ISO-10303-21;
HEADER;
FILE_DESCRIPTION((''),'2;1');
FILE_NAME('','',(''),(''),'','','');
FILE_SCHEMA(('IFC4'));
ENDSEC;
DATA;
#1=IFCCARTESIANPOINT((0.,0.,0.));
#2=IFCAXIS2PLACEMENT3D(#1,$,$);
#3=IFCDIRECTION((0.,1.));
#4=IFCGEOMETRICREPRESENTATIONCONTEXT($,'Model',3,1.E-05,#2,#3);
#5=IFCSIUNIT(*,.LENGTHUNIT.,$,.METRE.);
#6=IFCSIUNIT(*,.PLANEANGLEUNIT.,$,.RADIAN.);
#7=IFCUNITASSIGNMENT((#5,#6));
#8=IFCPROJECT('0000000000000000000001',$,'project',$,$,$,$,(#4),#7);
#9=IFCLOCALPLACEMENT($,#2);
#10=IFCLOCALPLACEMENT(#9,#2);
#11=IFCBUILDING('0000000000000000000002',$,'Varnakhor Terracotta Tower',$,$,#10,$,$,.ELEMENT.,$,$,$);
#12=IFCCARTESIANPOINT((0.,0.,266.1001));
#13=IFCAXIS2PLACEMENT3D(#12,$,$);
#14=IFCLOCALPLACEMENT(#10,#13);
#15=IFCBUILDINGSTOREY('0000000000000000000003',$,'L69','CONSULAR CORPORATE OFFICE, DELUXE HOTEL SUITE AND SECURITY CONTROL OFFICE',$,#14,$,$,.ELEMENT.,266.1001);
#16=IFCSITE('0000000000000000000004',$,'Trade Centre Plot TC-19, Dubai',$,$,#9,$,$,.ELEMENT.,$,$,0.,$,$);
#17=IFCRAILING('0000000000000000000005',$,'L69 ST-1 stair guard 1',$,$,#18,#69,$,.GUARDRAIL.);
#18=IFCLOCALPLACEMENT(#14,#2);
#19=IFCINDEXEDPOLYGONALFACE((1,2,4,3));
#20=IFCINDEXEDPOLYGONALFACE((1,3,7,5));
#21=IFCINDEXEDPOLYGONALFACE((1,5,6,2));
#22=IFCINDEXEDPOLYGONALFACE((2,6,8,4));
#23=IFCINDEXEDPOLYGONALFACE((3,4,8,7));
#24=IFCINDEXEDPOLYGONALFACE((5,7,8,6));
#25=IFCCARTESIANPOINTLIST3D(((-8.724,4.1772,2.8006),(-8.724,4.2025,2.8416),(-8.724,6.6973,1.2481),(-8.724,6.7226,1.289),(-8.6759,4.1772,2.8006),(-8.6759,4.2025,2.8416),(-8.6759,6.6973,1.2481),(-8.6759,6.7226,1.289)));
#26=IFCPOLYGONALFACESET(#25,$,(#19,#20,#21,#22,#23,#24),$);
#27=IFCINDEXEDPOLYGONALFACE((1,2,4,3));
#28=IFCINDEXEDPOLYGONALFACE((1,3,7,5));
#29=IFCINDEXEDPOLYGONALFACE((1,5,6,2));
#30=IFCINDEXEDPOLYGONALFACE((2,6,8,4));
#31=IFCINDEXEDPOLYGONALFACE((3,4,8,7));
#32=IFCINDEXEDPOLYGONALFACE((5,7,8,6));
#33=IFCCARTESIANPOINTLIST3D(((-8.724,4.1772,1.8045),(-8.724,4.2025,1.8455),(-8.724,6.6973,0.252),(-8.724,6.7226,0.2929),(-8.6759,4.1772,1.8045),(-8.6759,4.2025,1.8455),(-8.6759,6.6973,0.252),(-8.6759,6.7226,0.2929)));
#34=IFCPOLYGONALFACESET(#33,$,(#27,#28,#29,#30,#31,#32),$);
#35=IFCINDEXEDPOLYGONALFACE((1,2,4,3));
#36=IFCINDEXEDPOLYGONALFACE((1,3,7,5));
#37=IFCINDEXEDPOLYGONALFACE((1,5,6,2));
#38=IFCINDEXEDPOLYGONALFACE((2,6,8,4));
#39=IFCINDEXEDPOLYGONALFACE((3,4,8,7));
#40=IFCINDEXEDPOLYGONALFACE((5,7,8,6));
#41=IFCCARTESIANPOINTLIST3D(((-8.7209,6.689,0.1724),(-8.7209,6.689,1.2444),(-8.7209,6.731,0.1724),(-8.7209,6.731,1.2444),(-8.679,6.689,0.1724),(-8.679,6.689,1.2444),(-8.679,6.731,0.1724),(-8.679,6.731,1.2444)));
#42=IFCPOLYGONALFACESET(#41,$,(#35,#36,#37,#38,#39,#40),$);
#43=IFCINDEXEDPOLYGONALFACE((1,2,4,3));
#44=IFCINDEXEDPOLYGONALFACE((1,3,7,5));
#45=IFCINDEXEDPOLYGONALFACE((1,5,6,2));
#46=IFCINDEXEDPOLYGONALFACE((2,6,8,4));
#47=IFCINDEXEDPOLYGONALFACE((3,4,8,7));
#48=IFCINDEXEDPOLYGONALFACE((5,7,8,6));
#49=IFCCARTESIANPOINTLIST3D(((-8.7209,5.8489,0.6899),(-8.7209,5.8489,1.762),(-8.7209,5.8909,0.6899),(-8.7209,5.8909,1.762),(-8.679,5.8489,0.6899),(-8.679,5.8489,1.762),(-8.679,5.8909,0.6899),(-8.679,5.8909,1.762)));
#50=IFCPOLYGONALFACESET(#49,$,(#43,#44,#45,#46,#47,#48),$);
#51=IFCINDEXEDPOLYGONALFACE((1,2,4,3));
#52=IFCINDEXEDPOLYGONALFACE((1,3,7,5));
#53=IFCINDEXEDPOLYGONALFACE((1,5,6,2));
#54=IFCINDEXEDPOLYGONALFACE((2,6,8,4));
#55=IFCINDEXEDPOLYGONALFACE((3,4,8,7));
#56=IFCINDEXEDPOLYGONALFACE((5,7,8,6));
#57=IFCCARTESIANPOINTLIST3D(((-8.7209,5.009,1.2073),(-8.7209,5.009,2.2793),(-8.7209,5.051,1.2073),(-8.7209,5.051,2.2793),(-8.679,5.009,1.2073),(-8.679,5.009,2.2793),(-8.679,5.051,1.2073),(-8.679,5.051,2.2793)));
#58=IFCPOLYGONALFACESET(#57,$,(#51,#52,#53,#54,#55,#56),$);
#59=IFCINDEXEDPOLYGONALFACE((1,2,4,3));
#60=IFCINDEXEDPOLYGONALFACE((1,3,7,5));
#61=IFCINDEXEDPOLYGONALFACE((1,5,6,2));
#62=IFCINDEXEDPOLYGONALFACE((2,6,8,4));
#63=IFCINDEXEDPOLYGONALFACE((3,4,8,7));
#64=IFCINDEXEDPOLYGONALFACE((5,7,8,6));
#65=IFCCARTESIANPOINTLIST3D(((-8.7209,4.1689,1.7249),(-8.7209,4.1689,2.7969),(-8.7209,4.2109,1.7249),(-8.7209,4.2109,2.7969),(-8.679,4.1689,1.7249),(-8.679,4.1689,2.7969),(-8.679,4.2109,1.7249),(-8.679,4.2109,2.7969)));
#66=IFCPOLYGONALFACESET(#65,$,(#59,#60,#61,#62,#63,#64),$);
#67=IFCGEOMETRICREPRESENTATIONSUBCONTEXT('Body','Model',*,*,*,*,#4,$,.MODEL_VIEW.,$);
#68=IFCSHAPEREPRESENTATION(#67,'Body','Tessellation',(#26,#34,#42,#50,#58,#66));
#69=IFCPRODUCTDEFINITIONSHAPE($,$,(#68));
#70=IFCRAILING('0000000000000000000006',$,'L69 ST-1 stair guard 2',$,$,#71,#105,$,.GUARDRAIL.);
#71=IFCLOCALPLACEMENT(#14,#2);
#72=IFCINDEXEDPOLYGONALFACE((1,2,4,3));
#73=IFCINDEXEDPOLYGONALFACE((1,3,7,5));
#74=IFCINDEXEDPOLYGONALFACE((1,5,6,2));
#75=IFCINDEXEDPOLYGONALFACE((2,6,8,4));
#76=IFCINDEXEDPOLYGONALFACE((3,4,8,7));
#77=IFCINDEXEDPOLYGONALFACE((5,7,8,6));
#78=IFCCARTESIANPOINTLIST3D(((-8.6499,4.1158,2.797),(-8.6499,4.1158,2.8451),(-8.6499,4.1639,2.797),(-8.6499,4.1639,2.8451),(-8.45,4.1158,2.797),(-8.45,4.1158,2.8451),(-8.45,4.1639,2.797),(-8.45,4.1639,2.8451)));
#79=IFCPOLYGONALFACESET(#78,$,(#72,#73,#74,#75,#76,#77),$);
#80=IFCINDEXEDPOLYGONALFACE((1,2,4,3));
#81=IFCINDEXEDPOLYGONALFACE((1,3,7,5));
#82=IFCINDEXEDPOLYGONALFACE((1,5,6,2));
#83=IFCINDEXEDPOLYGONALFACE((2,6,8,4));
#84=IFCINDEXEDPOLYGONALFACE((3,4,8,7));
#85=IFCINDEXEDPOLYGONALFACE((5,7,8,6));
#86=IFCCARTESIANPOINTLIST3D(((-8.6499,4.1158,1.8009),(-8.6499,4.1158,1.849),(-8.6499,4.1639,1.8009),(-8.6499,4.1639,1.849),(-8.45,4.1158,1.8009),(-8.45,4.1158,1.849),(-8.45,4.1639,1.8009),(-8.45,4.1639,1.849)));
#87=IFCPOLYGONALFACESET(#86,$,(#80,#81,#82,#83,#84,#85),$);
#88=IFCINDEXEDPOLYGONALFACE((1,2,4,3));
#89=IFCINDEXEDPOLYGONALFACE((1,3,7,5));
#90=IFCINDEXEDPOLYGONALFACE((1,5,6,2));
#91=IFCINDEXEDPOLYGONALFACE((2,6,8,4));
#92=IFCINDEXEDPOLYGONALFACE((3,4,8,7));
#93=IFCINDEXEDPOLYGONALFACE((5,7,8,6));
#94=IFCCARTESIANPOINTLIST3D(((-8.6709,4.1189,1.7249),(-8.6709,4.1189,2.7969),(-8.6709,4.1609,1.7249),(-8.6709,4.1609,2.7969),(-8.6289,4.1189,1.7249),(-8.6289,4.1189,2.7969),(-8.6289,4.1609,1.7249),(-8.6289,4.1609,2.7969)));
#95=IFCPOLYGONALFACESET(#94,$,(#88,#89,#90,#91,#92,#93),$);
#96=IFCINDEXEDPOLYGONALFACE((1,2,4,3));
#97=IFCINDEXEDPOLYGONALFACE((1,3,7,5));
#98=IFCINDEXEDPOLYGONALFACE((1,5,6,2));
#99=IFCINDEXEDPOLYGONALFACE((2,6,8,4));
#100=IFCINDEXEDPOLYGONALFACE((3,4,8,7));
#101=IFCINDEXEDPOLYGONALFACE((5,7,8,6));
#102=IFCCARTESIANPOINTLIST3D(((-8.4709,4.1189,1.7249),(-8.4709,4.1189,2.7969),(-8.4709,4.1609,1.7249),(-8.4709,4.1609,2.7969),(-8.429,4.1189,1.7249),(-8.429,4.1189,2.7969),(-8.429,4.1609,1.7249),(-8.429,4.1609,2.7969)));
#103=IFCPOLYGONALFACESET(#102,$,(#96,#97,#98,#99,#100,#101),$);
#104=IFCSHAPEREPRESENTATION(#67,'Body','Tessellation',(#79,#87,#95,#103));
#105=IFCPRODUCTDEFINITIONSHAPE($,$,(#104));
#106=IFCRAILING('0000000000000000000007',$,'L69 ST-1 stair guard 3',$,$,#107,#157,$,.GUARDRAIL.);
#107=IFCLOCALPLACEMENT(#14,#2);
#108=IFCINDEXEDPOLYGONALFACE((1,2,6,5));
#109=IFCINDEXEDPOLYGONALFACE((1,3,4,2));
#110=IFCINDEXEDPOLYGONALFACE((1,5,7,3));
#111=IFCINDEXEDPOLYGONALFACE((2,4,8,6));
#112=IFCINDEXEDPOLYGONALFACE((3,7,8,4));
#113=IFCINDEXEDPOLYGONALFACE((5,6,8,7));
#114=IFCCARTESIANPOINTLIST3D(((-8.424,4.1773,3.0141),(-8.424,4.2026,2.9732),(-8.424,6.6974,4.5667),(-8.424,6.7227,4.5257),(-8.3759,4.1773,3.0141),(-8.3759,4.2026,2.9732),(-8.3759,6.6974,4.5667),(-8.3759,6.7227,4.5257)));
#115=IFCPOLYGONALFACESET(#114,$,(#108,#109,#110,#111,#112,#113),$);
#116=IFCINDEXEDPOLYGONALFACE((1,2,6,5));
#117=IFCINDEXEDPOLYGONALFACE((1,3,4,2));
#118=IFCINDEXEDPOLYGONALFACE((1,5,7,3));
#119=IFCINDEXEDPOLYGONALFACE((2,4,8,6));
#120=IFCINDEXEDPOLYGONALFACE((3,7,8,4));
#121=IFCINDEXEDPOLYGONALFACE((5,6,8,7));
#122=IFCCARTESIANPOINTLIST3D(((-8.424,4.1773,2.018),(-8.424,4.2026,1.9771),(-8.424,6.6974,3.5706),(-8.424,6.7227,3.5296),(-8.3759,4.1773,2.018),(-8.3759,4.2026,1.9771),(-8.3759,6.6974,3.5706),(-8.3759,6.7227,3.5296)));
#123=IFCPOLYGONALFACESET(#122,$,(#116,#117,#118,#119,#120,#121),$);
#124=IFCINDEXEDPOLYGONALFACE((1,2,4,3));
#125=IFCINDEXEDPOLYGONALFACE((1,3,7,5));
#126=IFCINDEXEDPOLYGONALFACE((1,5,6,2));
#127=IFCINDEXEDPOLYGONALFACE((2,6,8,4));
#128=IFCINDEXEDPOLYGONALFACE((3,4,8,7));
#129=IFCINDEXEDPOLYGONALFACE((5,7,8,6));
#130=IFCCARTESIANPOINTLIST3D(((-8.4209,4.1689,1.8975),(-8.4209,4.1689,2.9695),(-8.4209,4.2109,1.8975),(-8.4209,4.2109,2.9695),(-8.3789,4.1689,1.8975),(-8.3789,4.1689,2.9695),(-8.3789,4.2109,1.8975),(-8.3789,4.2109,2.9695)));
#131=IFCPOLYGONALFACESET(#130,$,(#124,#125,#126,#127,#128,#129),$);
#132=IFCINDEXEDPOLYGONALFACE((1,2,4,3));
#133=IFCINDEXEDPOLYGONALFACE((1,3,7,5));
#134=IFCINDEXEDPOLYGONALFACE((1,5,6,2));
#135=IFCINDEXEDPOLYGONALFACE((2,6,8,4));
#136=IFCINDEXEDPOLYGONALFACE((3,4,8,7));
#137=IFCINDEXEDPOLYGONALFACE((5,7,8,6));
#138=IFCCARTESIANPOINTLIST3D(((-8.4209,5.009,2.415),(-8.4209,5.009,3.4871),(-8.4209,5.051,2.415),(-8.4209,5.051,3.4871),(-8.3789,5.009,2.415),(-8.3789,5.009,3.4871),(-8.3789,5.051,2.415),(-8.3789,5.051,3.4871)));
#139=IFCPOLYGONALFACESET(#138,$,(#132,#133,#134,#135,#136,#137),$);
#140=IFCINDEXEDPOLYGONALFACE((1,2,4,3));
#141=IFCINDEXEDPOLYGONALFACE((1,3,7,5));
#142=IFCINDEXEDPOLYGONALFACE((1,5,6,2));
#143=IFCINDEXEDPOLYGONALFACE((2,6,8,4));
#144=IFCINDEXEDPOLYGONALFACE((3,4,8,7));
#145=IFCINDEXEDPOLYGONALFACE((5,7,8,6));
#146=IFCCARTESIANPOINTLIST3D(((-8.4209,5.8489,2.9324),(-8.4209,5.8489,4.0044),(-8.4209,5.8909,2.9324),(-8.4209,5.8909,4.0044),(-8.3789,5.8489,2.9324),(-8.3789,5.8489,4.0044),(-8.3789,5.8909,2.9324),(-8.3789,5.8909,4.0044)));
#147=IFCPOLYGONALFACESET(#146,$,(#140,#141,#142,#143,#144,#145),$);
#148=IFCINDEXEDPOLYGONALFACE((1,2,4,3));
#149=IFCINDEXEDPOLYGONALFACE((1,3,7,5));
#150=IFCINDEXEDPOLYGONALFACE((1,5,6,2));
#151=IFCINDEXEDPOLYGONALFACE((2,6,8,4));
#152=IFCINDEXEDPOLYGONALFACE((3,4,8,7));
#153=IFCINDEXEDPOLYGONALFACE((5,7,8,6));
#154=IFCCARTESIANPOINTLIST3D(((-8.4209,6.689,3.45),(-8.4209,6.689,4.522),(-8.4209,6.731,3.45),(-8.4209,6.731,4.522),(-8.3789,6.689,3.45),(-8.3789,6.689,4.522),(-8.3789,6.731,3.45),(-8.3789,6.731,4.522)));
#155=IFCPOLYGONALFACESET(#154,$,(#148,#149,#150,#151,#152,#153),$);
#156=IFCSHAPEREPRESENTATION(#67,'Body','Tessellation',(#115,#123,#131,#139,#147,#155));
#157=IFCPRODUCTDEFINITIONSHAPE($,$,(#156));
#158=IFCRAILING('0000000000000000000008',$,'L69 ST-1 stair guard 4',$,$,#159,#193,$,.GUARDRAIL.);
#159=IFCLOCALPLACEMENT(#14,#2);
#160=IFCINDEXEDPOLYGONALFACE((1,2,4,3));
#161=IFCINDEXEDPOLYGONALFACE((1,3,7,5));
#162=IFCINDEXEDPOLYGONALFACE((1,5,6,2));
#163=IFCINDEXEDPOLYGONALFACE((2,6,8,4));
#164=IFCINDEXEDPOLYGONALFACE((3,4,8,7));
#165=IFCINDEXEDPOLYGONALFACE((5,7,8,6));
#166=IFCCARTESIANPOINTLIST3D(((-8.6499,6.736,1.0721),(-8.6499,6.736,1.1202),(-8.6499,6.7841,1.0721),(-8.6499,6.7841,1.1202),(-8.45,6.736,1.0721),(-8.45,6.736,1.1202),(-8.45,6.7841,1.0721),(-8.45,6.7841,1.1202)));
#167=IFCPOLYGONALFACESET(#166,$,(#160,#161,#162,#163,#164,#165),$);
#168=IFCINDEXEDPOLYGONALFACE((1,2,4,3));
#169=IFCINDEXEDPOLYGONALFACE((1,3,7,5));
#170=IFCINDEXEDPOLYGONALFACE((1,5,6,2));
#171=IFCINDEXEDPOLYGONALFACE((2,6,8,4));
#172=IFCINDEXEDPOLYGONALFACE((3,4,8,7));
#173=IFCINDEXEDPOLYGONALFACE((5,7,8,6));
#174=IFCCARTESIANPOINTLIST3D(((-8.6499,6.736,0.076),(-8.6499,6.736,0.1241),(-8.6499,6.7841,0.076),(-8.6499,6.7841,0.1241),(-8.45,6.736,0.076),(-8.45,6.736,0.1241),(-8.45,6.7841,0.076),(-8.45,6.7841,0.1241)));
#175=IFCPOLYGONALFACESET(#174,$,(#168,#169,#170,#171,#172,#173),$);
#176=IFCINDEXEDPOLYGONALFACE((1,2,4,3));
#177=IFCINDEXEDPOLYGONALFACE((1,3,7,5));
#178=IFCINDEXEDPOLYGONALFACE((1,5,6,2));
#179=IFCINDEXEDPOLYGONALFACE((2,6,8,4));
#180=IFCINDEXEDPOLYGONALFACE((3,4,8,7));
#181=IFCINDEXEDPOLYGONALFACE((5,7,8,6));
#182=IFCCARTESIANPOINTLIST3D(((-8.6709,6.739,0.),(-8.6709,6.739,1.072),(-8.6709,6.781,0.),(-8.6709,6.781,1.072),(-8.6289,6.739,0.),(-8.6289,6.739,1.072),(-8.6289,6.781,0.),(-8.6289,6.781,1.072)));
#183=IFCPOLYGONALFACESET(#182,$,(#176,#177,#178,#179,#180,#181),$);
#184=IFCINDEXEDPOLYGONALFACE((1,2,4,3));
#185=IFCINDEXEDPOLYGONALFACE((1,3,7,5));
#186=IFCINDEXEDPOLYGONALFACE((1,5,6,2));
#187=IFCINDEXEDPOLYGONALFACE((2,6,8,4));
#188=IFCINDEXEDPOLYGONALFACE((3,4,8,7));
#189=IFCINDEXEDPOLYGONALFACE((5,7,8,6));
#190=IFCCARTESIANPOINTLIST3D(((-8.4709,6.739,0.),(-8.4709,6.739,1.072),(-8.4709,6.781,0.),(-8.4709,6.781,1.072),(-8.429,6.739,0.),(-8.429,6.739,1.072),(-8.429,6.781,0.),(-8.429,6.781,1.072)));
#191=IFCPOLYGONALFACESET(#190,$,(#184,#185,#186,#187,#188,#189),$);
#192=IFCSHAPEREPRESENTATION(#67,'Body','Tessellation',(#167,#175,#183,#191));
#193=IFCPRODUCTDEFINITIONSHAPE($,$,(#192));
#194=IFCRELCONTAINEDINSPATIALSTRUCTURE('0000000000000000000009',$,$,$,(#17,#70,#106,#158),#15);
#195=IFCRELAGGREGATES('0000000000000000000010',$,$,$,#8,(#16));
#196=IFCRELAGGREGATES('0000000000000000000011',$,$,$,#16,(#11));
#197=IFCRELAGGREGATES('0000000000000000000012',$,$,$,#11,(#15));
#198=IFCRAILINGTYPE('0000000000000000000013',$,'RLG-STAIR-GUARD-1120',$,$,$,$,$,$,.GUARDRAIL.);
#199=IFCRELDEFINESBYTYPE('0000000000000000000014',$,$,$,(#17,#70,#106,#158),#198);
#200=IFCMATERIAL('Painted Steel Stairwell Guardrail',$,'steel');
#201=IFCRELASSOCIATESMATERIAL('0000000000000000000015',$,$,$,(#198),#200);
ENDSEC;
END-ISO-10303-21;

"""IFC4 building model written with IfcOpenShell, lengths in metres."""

from ifc_helpers import new_model, si_unit, direction, frame, origin, origin_2d, place, context, subcontext, project, spatial, rectangle, extrude, material, type_object, element, save


model = new_model("IFC4")

# Units and contexts
model_context = context("Model", 3, precision=1e-05, world=origin(), true_north=direction((0.0, 1.0)))
body_context = subcontext(model_context, "Body", "Model", "MODEL_VIEW")
ifc_project = project(units=[si_unit("LENGTHUNIT", "METRE"), si_unit("PLANEANGLEUNIT", "RADIAN")], contexts=[model_context])

# Site, building, storey
site_placement = place(None, origin())
site = spatial("IfcSite", under=ifc_project, at=site_placement, Name="Trade Centre Plot TC-19, Dubai", CompositionType="ELEMENT", RefElevation=0.0)
building_placement = place(site_placement, origin())
building = spatial("IfcBuilding", under=site, at=building_placement, Name="Varnakhor Terracotta Tower", CompositionType="ELEMENT")
storey_placement = place(building_placement, frame((0.0, 0.0, 266.1001)))
storey = spatial("IfcBuildingStorey", under=building, at=storey_placement, Name="L69", Description="CONSULAR CORPORATE OFFICE, DELUXE HOTEL SUITE AND SECURITY CONTROL OFFICE", CompositionType="ELEMENT", Elevation=266.1001)

# Railings
ifc_material_1 = material(Name="Painted Steel Stairwell Guardrail", Category="steel")
railing_type_1 = type_object("IfcRailingType", Name="RLG-STAIR-GUARD-1120", PredefinedType="GUARDRAIL", material=ifc_material_1)
railing_1_placement = place(storey_placement, frame((-8.7, 6.71, 0.1724)))
element("IfcRailing", 1, at=railing_1_placement, inside=storey, type_object=railing_type_1, Name="L69 ST-1 stair guard 1", PredefinedType="GUARDRAIL", context=body_context, shape_type="SweptSolid", body=[
    extrude(rectangle(XDim=0.0481, YDim=0.0481, at=origin_2d()), frame((0.0, 0.0, 1.0962), z_axis=(0.0, -0.8514, 0.524516), x_axis=(1.0, 0.0, 0.0)), (0.0, 0.0, 1.0), 2.96),
    extrude(rectangle(XDim=0.0481, YDim=0.0481, at=origin_2d()), frame((0.0, 0.0, 0.1001), z_axis=(0.0, -0.8514, 0.524516), x_axis=(1.0, 0.0, 0.0)), (0.0, 0.0, 1.0), 2.96),
    extrude(rectangle(XDim=0.042, YDim=0.042, at=origin_2d()), origin(), (0.0, 0.0, 1.0), 1.072),
    extrude(rectangle(XDim=0.042, YDim=0.042, at=origin_2d()), frame((0.0, -0.8401, 0.5176)), (0.0, 0.0, 1.0), 1.072),
    extrude(rectangle(XDim=0.042, YDim=0.042, at=origin_2d()), frame((0.0, -1.6799, 1.0349)), (0.0, 0.0, 1.0), 1.072),
    extrude(rectangle(XDim=0.042, YDim=0.042, at=origin_2d()), frame((0.0, -2.52, 1.5525)), (0.0, 0.0, 1.0), 1.072),
])
railing_2_placement = place(storey_placement, frame((-8.6499, 4.1399, 1.7249)))
element("IfcRailing", 2, at=railing_2_placement, inside=storey, type_object=railing_type_1, Name="L69 ST-1 stair guard 2", PredefinedType="GUARDRAIL", context=body_context, shape_type="SweptSolid", body=[
    extrude(rectangle(XDim=0.0481, YDim=0.0481, at=origin_2d()), frame((0.0, 0.0, 1.0962), z_axis=(1.0, 0.0, 0.0), x_axis=(0.0, 1.0, 0.0)), (0.0, 0.0, 1.0), 0.2),
    extrude(rectangle(XDim=0.0481, YDim=0.0481, at=origin_2d()), frame((0.0, 0.0, 0.1001), z_axis=(1.0, 0.0, 0.0), x_axis=(0.0, 1.0, 0.0)), (0.0, 0.0, 1.0), 0.2),
    extrude(rectangle(XDim=0.042, YDim=0.042, at=origin_2d()), origin(), (0.0, 0.0, 1.0), 1.072),
    extrude(rectangle(XDim=0.042, YDim=0.042, at=origin_2d()), frame((0.2, 0.0, 0.0)), (0.0, 0.0, 1.0), 1.072),
])
railing_3_placement = place(storey_placement, frame((-8.3999, 4.1899, 1.8975)))
element("IfcRailing", 3, at=railing_3_placement, inside=storey, type_object=railing_type_1, Name="L69 ST-1 stair guard 3", PredefinedType="GUARDRAIL", context=body_context, shape_type="SweptSolid", body=[
    extrude(rectangle(XDim=0.0481, YDim=0.0481, at=origin_2d()), frame((0.0, 0.0, 1.0962), z_axis=(0.0, 0.8514, 0.524516), x_axis=(-1.0, 0.0, 0.0)), (0.0, 0.0, 1.0), 2.96),
    extrude(rectangle(XDim=0.0481, YDim=0.0481, at=origin_2d()), frame((0.0, 0.0, 0.1001), z_axis=(0.0, 0.8514, 0.524516), x_axis=(-1.0, 0.0, 0.0)), (0.0, 0.0, 1.0), 2.96),
    extrude(rectangle(XDim=0.042, YDim=0.042, at=origin_2d()), origin(), (0.0, 0.0, 1.0), 1.072),
    extrude(rectangle(XDim=0.042, YDim=0.042, at=origin_2d()), frame((0.0, 0.8401, 0.5176)), (0.0, 0.0, 1.0), 1.072),
    extrude(rectangle(XDim=0.042, YDim=0.042, at=origin_2d()), frame((0.0, 1.6799, 1.0349)), (0.0, 0.0, 1.0), 1.072),
    extrude(rectangle(XDim=0.042, YDim=0.042, at=origin_2d()), frame((0.0, 2.52, 1.5525)), (0.0, 0.0, 1.0), 1.072),
])
railing_4_placement = place(storey_placement, frame((-8.6499, 6.76, 0.0)))
element("IfcRailing", 4, at=railing_4_placement, inside=storey, type_object=railing_type_1, Name="L69 ST-1 stair guard 4", PredefinedType="GUARDRAIL", context=body_context, shape_type="SweptSolid", body=[
    extrude(rectangle(XDim=0.0481, YDim=0.0481, at=origin_2d()), frame((0.0, 0.0, 1.0962), z_axis=(1.0, 0.0, 0.0), x_axis=(0.0, 1.0, 0.0)), (0.0, 0.0, 1.0), 0.2),
    extrude(rectangle(XDim=0.0481, YDim=0.0481, at=origin_2d()), frame((0.0, 0.0, 0.1001), z_axis=(1.0, 0.0, 0.0), x_axis=(0.0, 1.0, 0.0)), (0.0, 0.0, 1.0), 0.2),
    extrude(rectangle(XDim=0.042, YDim=0.042, at=origin_2d()), origin(), (0.0, 0.0, 1.0), 1.072),
    extrude(rectangle(XDim=0.042, YDim=0.042, at=origin_2d()), frame((0.2, 0.0, 0.0)), (0.0, 0.0, 1.0), 1.072),
])

save(model, "model.ifc")
